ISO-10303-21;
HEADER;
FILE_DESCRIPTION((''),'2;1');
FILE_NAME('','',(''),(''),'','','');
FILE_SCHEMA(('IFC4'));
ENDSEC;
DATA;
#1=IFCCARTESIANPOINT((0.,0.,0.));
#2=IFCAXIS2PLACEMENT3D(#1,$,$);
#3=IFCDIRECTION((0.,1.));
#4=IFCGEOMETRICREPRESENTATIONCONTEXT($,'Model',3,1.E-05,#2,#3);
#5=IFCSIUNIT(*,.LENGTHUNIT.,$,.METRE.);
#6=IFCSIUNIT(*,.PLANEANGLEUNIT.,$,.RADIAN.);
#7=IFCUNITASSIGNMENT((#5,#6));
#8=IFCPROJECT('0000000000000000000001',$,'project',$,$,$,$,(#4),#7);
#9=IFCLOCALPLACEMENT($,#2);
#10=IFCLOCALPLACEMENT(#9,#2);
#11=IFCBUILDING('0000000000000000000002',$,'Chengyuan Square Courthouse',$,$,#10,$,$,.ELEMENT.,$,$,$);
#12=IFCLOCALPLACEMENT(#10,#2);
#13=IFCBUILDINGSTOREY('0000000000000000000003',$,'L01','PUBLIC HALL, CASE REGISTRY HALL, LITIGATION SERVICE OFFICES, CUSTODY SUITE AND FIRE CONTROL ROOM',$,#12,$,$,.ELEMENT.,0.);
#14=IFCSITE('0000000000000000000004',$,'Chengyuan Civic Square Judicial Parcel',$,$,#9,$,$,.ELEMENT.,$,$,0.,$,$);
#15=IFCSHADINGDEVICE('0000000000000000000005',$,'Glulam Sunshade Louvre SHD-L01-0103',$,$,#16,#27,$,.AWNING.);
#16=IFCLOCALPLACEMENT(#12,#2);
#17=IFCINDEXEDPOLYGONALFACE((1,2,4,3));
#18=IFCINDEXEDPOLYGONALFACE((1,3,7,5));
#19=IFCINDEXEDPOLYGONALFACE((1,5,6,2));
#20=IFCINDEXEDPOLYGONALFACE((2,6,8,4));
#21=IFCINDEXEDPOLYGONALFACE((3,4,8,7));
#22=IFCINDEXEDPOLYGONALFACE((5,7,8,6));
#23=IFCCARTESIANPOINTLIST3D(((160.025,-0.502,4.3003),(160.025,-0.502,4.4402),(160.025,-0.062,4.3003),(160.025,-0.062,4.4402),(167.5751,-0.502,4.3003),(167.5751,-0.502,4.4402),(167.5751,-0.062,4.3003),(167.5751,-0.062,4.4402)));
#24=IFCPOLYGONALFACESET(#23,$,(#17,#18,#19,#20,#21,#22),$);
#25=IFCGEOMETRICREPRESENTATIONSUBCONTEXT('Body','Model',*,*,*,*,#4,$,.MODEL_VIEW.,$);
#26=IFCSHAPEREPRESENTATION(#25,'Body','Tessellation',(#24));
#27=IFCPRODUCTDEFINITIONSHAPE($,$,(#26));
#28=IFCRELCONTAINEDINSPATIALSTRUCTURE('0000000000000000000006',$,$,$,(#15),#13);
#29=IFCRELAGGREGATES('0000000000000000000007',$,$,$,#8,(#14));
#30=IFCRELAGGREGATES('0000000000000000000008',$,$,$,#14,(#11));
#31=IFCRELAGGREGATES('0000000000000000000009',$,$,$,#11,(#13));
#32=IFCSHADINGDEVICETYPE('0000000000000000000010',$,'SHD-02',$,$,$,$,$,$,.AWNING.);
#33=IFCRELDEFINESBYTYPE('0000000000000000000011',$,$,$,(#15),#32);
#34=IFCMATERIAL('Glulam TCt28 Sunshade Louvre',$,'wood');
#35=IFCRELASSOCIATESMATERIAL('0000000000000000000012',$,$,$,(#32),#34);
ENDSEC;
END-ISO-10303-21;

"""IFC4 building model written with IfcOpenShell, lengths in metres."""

from ifc_helpers import new_model, si_unit, direction, frame, origin, origin_2d, place, context, subcontext, project, spatial, rectangle, extrude, material, type_object, element, save


model = new_model("IFC4")

# Units and contexts
model_context = context("Model", 3, precision=1e-05, world=origin(), true_north=direction((0.0, 1.0)))
body_context = subcontext(model_context, "Body", "Model", "MODEL_VIEW")
ifc_project = project(units=[si_unit("LENGTHUNIT", "METRE"), si_unit("PLANEANGLEUNIT", "RADIAN")], contexts=[model_context])

# Site, building, storey
site_placement = place(None, origin())
site = spatial("IfcSite", under=ifc_project, at=site_placement, Name="Chengyuan Civic Square Judicial Parcel", CompositionType="ELEMENT", RefElevation=0.0)
building_placement = place(site_placement, origin())
building = spatial("IfcBuilding", under=site, at=building_placement, Name="Chengyuan Square Courthouse", CompositionType="ELEMENT")
storey_placement = place(building_placement, origin())
storey = spatial("IfcBuildingStorey", under=building, at=storey_placement, Name="L01", Description="PUBLIC HALL, CASE REGISTRY HALL, LITIGATION SERVICE OFFICES, CUSTODY SUITE AND FIRE CONTROL ROOM", CompositionType="ELEMENT", Elevation=0.0)

# Shading device
ifc_material_1 = material(Name="Glulam TCt28 Sunshade Louvre", Category="wood")
shading_device_type_1 = type_object("IfcShadingDeviceType", Name="SHD-02", PredefinedType="AWNING", material=ifc_material_1)
shading_device_placement = place(storey_placement, frame((163.8, -0.282, 4.3003), z_axis=(0.0, 0.0, 1.0), x_axis=(1.0, 0.0, 0.0)))
element("IfcShadingDevice", 1, at=shading_device_placement, inside=storey, type_object=shading_device_type_1, Name="Glulam Sunshade Louvre SHD-L01-0103", PredefinedType="AWNING", context=body_context, shape_type="SweptSolid", body=[
    extrude(rectangle(XDim=7.55, YDim=0.4399, at=origin_2d()), origin(), (0.0, 0.0, 1.0), 0.1399),
])

save(model, "model.ifc")
